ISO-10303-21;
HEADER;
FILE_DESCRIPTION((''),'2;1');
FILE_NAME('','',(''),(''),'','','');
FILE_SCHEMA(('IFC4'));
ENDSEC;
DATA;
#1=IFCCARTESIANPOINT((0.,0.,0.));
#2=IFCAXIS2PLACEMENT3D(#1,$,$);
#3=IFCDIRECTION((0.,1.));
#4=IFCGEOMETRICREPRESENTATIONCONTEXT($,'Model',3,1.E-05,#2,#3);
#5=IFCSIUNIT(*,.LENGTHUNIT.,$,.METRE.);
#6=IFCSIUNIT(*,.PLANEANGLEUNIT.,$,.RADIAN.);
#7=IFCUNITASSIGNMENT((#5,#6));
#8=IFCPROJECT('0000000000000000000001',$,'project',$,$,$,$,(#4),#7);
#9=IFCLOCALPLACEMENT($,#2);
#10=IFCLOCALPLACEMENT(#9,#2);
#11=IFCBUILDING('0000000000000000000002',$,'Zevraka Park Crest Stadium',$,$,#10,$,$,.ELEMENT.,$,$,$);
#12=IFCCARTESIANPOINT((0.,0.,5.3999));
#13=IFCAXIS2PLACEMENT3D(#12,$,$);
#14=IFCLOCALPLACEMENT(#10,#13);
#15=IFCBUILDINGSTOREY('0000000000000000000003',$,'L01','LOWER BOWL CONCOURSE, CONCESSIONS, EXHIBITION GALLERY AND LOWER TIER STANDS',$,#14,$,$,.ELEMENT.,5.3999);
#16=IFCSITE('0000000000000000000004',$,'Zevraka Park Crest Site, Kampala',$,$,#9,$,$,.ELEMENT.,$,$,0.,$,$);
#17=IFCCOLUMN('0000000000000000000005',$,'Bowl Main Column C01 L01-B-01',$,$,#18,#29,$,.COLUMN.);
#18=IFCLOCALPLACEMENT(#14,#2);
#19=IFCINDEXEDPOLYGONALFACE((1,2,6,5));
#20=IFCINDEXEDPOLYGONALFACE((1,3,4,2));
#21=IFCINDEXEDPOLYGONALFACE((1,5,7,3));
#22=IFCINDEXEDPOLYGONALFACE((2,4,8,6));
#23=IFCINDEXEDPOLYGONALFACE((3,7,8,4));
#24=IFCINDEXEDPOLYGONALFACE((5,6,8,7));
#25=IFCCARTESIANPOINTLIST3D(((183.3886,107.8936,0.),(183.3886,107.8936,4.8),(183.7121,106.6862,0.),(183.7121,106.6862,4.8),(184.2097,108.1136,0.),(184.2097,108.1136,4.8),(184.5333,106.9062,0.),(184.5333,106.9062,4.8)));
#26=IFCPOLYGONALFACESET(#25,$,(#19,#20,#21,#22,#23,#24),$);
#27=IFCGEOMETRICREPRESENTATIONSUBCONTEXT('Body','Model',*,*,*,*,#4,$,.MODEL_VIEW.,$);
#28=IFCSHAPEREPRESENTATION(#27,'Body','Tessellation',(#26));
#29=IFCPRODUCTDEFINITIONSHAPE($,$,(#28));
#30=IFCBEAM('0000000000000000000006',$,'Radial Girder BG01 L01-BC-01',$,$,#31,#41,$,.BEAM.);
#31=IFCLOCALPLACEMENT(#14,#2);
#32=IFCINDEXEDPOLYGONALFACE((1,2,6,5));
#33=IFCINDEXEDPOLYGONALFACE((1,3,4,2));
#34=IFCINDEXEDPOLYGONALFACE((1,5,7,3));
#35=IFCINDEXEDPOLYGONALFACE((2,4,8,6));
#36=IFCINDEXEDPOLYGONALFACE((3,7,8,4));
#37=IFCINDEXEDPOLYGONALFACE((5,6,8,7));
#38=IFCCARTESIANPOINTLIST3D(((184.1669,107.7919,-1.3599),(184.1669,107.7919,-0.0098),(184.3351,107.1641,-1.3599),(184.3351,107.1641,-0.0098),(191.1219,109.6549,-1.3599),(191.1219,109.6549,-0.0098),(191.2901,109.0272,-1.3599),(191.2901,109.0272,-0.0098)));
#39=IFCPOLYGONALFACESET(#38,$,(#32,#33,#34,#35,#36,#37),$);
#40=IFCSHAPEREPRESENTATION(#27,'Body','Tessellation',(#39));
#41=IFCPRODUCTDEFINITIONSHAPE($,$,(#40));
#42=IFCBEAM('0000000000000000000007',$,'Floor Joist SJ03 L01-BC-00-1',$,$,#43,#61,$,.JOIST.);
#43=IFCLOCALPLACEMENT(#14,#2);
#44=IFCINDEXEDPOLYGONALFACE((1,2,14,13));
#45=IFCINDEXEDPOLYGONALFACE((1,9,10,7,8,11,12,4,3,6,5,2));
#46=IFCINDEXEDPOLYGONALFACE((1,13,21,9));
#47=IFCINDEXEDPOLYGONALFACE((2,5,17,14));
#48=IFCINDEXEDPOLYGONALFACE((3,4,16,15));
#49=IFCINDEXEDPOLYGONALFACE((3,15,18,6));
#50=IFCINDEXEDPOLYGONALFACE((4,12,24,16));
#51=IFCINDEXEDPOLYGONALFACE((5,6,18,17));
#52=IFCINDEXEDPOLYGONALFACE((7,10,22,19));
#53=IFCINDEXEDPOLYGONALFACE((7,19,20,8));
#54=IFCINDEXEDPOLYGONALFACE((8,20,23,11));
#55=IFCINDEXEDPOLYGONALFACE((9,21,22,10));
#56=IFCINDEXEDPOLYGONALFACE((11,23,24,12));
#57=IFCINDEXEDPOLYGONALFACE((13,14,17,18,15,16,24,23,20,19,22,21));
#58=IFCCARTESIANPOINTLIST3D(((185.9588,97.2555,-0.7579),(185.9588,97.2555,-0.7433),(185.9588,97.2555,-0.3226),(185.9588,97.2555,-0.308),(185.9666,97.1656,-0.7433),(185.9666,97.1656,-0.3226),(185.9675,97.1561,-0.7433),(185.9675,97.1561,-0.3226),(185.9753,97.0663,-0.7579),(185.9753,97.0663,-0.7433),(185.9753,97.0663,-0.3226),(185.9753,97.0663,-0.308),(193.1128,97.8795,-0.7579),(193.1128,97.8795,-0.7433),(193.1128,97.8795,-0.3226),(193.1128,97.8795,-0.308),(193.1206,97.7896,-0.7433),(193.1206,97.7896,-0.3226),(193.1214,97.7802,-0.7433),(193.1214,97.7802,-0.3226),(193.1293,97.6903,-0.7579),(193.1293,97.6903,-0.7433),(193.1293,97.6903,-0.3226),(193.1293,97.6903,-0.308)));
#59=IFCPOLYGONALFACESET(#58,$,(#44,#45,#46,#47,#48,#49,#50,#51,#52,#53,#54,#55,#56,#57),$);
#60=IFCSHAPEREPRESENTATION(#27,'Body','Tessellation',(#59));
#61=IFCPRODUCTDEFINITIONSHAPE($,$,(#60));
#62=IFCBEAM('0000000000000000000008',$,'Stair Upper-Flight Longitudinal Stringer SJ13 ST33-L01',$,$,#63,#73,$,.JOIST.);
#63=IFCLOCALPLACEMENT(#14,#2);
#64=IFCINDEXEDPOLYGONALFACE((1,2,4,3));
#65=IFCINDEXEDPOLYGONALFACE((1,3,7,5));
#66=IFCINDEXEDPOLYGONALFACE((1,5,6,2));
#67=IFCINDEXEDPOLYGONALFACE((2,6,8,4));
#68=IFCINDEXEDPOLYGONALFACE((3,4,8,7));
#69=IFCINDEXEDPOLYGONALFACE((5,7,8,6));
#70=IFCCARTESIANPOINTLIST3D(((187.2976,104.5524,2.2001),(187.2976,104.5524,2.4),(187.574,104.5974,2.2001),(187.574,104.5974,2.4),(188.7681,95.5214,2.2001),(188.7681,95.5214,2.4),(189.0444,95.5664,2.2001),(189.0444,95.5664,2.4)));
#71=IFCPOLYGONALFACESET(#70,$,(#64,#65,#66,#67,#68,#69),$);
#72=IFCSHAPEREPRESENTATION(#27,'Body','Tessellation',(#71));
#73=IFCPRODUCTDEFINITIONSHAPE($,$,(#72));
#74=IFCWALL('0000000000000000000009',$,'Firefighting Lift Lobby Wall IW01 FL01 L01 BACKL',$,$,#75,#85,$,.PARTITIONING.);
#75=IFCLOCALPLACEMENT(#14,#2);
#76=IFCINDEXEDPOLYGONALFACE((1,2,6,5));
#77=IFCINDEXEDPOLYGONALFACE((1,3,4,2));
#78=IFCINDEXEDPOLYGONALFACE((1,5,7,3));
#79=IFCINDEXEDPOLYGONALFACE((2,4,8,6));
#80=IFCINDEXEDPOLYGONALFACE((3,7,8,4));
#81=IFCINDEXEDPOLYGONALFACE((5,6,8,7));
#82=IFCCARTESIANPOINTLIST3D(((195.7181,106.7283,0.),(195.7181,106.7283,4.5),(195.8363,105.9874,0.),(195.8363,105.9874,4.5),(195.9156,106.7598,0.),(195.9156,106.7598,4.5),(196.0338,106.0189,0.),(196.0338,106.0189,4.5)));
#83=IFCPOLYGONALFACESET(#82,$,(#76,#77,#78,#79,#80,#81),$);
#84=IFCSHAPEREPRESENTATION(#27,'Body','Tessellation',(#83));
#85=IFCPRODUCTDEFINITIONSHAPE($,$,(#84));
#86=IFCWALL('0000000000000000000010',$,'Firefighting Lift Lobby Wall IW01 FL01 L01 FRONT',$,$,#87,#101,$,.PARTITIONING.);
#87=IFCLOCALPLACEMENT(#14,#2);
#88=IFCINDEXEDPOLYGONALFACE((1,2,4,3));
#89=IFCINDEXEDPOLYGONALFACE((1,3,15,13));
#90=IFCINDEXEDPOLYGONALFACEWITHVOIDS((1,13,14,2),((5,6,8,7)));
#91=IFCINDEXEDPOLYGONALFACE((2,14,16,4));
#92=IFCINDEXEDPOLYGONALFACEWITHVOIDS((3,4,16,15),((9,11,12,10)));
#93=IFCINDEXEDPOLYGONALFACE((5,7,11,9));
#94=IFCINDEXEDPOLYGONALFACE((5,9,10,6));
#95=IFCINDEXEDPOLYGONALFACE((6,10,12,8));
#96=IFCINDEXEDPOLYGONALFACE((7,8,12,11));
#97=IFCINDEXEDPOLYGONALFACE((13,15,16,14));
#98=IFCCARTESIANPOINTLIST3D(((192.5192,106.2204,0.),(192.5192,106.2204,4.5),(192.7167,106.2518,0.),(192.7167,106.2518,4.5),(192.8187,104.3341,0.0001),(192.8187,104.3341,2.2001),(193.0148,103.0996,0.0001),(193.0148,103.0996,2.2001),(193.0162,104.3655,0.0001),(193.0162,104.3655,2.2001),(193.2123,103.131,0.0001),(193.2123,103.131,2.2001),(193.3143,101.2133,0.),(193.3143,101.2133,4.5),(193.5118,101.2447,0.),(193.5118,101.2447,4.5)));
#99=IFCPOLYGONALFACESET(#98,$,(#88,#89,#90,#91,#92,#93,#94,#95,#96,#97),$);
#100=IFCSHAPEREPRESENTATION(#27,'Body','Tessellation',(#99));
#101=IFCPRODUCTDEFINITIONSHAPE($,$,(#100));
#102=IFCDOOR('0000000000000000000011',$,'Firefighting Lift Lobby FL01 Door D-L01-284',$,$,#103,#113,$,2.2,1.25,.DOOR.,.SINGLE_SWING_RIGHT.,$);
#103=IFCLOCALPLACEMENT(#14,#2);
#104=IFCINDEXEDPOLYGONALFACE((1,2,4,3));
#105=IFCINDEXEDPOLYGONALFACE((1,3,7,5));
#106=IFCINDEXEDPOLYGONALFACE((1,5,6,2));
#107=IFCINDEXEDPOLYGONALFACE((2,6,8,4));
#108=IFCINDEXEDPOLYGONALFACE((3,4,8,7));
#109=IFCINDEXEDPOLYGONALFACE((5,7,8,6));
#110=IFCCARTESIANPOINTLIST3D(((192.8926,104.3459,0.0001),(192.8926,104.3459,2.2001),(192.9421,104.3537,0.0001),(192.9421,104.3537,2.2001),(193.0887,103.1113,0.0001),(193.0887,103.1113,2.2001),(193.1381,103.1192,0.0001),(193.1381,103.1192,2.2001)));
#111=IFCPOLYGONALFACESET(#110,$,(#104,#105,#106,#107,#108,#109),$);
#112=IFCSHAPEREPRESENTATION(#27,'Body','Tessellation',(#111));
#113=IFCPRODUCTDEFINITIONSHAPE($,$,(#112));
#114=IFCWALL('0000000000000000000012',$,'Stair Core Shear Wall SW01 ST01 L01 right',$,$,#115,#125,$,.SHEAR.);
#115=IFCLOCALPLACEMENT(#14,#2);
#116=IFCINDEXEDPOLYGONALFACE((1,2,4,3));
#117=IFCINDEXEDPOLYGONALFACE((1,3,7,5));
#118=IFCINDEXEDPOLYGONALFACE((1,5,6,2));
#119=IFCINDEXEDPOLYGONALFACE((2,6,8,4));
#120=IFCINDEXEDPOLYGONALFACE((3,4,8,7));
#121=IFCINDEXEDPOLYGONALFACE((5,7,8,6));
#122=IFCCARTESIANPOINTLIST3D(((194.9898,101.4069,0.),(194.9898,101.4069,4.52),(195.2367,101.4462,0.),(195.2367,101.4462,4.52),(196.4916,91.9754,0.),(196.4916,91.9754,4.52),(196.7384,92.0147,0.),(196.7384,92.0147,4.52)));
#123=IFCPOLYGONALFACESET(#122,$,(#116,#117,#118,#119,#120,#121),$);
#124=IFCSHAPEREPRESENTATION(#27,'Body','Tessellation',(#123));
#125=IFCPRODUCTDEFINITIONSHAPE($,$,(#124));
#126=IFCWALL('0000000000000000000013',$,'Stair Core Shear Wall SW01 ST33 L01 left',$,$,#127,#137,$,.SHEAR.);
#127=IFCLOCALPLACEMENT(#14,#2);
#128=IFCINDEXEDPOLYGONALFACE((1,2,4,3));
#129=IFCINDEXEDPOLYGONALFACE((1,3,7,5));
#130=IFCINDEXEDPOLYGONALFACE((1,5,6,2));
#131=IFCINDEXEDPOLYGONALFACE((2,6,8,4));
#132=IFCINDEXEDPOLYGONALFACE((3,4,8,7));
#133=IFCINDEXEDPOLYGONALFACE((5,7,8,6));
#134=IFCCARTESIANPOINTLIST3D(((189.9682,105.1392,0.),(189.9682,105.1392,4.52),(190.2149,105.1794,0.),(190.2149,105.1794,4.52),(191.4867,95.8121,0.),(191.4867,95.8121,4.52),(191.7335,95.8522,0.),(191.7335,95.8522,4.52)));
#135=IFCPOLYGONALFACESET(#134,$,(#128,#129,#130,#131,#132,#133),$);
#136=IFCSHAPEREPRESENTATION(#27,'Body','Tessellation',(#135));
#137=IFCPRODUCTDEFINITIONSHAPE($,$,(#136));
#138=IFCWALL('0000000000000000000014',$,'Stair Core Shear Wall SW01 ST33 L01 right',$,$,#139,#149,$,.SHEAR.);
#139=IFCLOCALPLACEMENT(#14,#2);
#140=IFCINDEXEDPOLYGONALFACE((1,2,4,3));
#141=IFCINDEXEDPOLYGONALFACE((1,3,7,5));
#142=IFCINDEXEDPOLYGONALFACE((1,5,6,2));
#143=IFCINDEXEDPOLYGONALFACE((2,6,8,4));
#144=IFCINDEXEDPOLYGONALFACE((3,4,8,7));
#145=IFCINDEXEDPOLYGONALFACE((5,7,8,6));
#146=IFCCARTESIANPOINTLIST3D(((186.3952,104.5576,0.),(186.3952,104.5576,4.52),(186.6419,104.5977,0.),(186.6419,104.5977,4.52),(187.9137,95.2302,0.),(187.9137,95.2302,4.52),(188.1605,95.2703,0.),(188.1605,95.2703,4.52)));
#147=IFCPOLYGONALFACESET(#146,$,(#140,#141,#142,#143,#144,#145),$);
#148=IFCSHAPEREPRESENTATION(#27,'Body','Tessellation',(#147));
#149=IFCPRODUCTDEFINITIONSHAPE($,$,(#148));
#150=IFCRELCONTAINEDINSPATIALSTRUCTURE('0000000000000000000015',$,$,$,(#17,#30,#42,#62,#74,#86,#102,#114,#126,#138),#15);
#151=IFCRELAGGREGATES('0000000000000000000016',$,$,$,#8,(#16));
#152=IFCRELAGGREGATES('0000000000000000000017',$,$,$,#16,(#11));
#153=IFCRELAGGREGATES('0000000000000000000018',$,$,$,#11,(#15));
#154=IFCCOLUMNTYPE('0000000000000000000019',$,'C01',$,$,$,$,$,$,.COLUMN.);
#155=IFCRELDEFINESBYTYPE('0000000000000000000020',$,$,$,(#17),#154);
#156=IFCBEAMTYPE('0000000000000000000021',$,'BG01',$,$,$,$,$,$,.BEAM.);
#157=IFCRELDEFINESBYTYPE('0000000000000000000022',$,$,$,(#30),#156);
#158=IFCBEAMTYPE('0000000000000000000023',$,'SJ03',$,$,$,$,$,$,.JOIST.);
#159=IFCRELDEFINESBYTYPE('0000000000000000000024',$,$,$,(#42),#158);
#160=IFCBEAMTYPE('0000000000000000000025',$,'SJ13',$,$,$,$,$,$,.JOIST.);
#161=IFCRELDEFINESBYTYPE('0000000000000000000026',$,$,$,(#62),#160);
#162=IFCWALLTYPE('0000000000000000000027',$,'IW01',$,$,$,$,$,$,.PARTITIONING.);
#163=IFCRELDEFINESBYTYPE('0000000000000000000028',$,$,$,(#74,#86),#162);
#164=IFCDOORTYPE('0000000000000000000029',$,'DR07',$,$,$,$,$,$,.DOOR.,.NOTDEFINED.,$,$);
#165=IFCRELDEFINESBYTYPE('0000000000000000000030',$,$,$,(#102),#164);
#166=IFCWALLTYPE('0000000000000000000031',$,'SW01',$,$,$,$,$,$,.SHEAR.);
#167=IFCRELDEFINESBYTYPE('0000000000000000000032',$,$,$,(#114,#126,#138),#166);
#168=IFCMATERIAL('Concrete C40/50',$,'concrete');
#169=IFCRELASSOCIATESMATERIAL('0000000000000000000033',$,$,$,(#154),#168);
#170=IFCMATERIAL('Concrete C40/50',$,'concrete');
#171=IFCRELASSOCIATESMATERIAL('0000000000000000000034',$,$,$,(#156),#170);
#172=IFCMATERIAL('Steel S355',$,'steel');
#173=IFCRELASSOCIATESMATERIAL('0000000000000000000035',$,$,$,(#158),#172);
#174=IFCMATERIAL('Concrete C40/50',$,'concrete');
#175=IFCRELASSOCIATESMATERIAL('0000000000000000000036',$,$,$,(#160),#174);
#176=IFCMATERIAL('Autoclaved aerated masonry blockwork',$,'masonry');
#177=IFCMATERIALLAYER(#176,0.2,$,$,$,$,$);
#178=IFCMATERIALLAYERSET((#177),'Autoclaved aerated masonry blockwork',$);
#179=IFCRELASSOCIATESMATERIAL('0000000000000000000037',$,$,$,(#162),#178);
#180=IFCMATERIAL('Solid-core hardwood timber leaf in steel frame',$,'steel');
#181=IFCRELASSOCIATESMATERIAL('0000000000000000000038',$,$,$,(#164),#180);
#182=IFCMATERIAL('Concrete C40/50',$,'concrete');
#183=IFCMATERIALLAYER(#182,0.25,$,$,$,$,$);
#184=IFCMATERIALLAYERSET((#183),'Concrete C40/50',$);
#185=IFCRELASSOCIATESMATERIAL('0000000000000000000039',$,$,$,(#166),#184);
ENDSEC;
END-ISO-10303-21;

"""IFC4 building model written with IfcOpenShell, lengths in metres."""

from ifc_helpers import new_model, si_unit, direction, frame, frame_2d, origin, origin_2d, place, context, subcontext, project, spatial, rectangle, i_section, extrude, material, layer, layer_set, material_profile, profile_set, type_object, element, fill, save


model = new_model("IFC4")

# Units and contexts
model_context = context("Model", 3, precision=1e-05, world=origin(), true_north=direction((0.0, 1.0)))
body_context = subcontext(model_context, "Body", "Model", "MODEL_VIEW")
ifc_project = project(units=[si_unit("LENGTHUNIT", "METRE"), si_unit("PLANEANGLEUNIT", "RADIAN")], contexts=[model_context])

# Site, building, storey
site_placement = place(None, origin())
site = spatial("IfcSite", under=ifc_project, at=site_placement, Name="Zevraka Park Crest Site, Kampala", CompositionType="ELEMENT", RefElevation=0.0)
building_placement = place(site_placement, origin())
building = spatial("IfcBuilding", under=site, at=building_placement, Name="Zevraka Park Crest Stadium", CompositionType="ELEMENT")
storey_placement = place(building_placement, frame((0.0, 0.0, 5.3999)))
storey = spatial("IfcBuildingStorey", under=building, at=storey_placement, Name="L01", Description="LOWER BOWL CONCOURSE, CONCESSIONS, EXHIBITION GALLERY AND LOWER TIER STANDS", CompositionType="ELEMENT", Elevation=5.3999)

# Column
ifc_material_1 = material(Name="Concrete C40/50", Category="concrete")
ifc_material_profile_1 = material_profile(ifc_material_1, rectangle(XDim=0.8501, YDim=1.25, at=origin_2d()), Name="RC 1250x850")
ifc_profile_set_1 = profile_set([ifc_material_profile_1], Name="Concrete C40/50")
column_type = type_object("IfcColumnType", Name="C01", PredefinedType="COLUMN", material=ifc_profile_set_1)
column_placement = place(storey_placement, frame((183.9609, 107.3999, 0.0), z_axis=(0.0, 0.0, 1.0), x_axis=(0.965926, 0.258819, 0.0)))
element("IfcColumn", 1, at=column_placement, inside=storey, type_object=column_type, Name="Bowl Main Column C01 L01-B-01", PredefinedType="COLUMN", context=body_context, shape_type="SweptSolid", body=[
    extrude(rectangle(XDim=0.8501, YDim=1.25, at=origin_2d()), origin(), (0.0, 0.0, 1.0), 4.8),
])

# Beams
ifc_material_2 = material(Name="Concrete C40/50", Category="concrete")
ifc_material_profile_2 = material_profile(ifc_material_2, rectangle(XDim=0.6499, YDim=1.3501, at=origin_2d()), Name="RC 1350x650")
ifc_profile_set_2 = profile_set([ifc_material_profile_2], Name="Concrete C40/50")
beam_type_1 = type_object("IfcBeamType", Name="BG01", PredefinedType="BEAM", material=ifc_profile_set_2)
beam_1_placement = place(storey_placement, frame((184.251, 107.478, -0.6848), z_axis=(0.965946, 0.258745, 0.0), x_axis=(-0.258745, 0.965946, 0.0)))
element("IfcBeam", 2, at=beam_1_placement, inside=storey, type_object=beam_type_1, Name="Radial Girder BG01 L01-BC-01", PredefinedType="BEAM", context=body_context, shape_type="SweptSolid", body=[
    extrude(rectangle(XDim=0.6499, YDim=1.3501, at=origin_2d()), origin(), (0.0, 0.0, 1.0), 7.2002),
])
ifc_material_3 = material(Name="Steel S355", Category="steel")
ifc_material_profile_3 = material_profile(ifc_material_3, i_section(OverallWidth=0.1899, OverallDepth=0.45, WebThickness=0.0095, FlangeThickness=0.0146, at=origin_2d()), Name="IPE 450")
ifc_profile_set_3 = profile_set([ifc_material_profile_3], Name="Steel S355")
beam_type_2 = type_object("IfcBeamType", Name="SJ03", PredefinedType="JOIST", material=ifc_profile_set_3)
beam_2_placement = place(storey_placement, frame((185.967, 97.1609, -0.533), z_axis=(0.996217, 0.086897, 0.0), x_axis=(-0.086897, 0.996217, 0.0)))
element("IfcBeam", 3, at=beam_2_placement, inside=storey, type_object=beam_type_2, Name="Floor Joist SJ03 L01-BC-00-1", PredefinedType="JOIST", context=body_context, shape_type="SweptSolid", body=[
    extrude(i_section(OverallWidth=0.1899, OverallDepth=0.45, WebThickness=0.0095, FlangeThickness=0.0146, at=origin_2d()), origin(), (0.0, 0.0, 1.0), 7.1812),
])
ifc_material_4 = material(Name="Concrete C40/50", Category="concrete")
ifc_material_profile_4 = material_profile(ifc_material_4, rectangle(XDim=0.28, YDim=0.2, at=origin_2d()), Name="RC 200x280")
ifc_profile_set_4 = profile_set([ifc_material_profile_4], Name="Concrete C40/50")
beam_type_3 = type_object("IfcBeamType", Name="SJ13", PredefinedType="JOIST", material=ifc_profile_set_4)
beam_3_placement = place(storey_placement, frame((188.9062, 95.5439, 2.3), z_axis=(-0.160707, 0.987002, 0.0), x_axis=(-0.987002, -0.160707, 0.0)))
element("IfcBeam", 4, at=beam_3_placement, inside=storey, type_object=beam_type_3, Name="Stair Upper-Flight Longitudinal Stringer SJ13 ST33-L01", PredefinedType="JOIST", context=body_context, shape_type="SweptSolid", body=[
    extrude(rectangle(XDim=0.28, YDim=0.2, at=origin_2d()), origin(), (0.0, 0.0, 1.0), 9.1499),
])

# Wall
ifc_material_5 = material(Name="Autoclaved aerated masonry blockwork", Category="masonry")
ifc_layer_1 = layer(ifc_material_5, 0.2)
ifc_layer_set_1 = layer_set([ifc_layer_1], Name="Autoclaved aerated masonry blockwork")
wall_type_1 = type_object("IfcWallType", Name="IW01", PredefinedType="PARTITIONING", material=ifc_layer_set_1)
wall_1_placement = place(storey_placement, frame((195.8169, 106.7439, 0.0), z_axis=(0.0, 0.0, 1.0), x_axis=(0.157483, -0.987522, 0.0)))
element("IfcWall", 5, at=wall_1_placement, inside=storey, type_object=wall_type_1, Name="Firefighting Lift Lobby Wall IW01 FL01 L01 BACKL", PredefinedType="PARTITIONING", context=body_context, shape_type="SweptSolid", body=[
    extrude(rectangle(XDim=0.7502, YDim=0.2, at=frame_2d((0.375, 0.0))), origin(), (0.0, 0.0, 1.0), 4.5),
])

# Wall, opening, door
wall_2_placement = place(storey_placement, frame((192.6179, 106.2361, 0.0), z_axis=(0.0, 0.0, 1.0), x_axis=(0.156843, -0.987624, 0.0)))
wall_2 = element("IfcWall", 6, at=wall_2_placement, inside=storey, type_object=wall_type_1, Name="Firefighting Lift Lobby Wall IW01 FL01 L01 FRONT", PredefinedType="PARTITIONING", context=body_context, shape_type="SweptSolid", body=[
    extrude(rectangle(XDim=5.0698, YDim=0.2, at=frame_2d((2.5349, 0.0))), origin(), (0.0, 0.0, 1.0), 4.5),
])
opening_1_placement = place(wall_2_placement, frame((1.9099, 0.0, 0.0)))
opening_1 = element("IfcOpeningElement", 7, at=opening_1_placement, cuts=wall_2, PredefinedType="OPENING", context=body_context, shape_type="SweptSolid", body=[
    extrude(rectangle(XDim=1.25, YDim=2.2, at=frame_2d((0.625, 1.1001))), frame((0.0, 0.1099, 0.0), z_axis=(0.0, -1.0, 0.0), x_axis=(1.0, 0.0, 0.0)), (0.0, 0.0, 1.0), 0.22),
])
ifc_material_6 = material(Name="Solid-core hardwood timber leaf in steel frame", Category="steel")
door_type_1 = type_object("IfcDoorType", Name="DR07", OperationType="NOTDEFINED", PredefinedType="DOOR", material=ifc_material_6)
door_1_placement = place(opening_1_placement, origin())
door_1 = element("IfcDoor", 8, at=door_1_placement, inside=storey, type_object=door_type_1, Name="Firefighting Lift Lobby FL01 Door D-L01-284", OperationType="SINGLE_SWING_RIGHT", OverallHeight=2.2, OverallWidth=1.25, PredefinedType="DOOR", context=body_context, shape_type="SweptSolid", body=[
    extrude(rectangle(XDim=1.25, YDim=2.2, at=frame_2d((0.625, 1.1001))), frame((0.0, 0.0249, 0.0), z_axis=(0.0, -1.0, 0.0), x_axis=(1.0, 0.0, 0.0)), (0.0, 0.0, 1.0), 0.05),
])
fill(opening_1, door_1)

# Walls
ifc_material_7 = material(Name="Concrete C40/50", Category="concrete")
ifc_layer_2 = layer(ifc_material_7, 0.25)
ifc_layer_set_2 = layer_set([ifc_layer_2], Name="Concrete C40/50")
wall_type_2 = type_object("IfcWallType", Name="SW01", PredefinedType="SHEAR", material=ifc_layer_set_2)
wall_3_placement = place(storey_placement, frame((195.1133, 101.4265, 0.0), z_axis=(0.0, 0.0, 1.0), x_axis=(0.157244, -0.98756, 0.0)))
element("IfcWall", 9, at=wall_3_placement, inside=storey, type_object=wall_type_2, Name="Stair Core Shear Wall SW01 ST01 L01 right", PredefinedType="SHEAR", context=body_context, shape_type="SweptSolid", body=[
    extrude(rectangle(XDim=9.5503, YDim=0.25, at=frame_2d((4.7751, 0.0))), origin(), (0.0, 0.0, 1.0), 4.52),
])
wall_4_placement = place(storey_placement, frame((191.6101, 95.832, 0.0), z_axis=(0.0, 0.0, 1.0), x_axis=(-0.160694, 0.987004, 0.0)))
element("IfcWall", 10, at=wall_4_placement, inside=storey, type_object=wall_type_2, Name="Stair Core Shear Wall SW01 ST33 L01 left", PredefinedType="SHEAR", context=body_context, shape_type="SweptSolid", body=[
    extrude(rectangle(XDim=9.45, YDim=0.25, at=frame_2d((4.7251, 0.0))), origin(), (0.0, 0.0, 1.0), 4.52),
])
wall_5_placement = place(storey_placement, frame((186.5186, 104.5776, 0.0), z_axis=(0.0, 0.0, 1.0), x_axis=(0.16069, -0.987005, 0.0)))
element("IfcWall", 11, at=wall_5_placement, inside=storey, type_object=wall_type_2, Name="Stair Core Shear Wall SW01 ST33 L01 right", PredefinedType="SHEAR", context=body_context, shape_type="SweptSolid", body=[
    extrude(rectangle(XDim=9.4502, YDim=0.25, at=frame_2d((4.7251, 0.0))), origin(), (0.0, 0.0, 1.0), 4.52),
])

save(model, "model.ifc")
